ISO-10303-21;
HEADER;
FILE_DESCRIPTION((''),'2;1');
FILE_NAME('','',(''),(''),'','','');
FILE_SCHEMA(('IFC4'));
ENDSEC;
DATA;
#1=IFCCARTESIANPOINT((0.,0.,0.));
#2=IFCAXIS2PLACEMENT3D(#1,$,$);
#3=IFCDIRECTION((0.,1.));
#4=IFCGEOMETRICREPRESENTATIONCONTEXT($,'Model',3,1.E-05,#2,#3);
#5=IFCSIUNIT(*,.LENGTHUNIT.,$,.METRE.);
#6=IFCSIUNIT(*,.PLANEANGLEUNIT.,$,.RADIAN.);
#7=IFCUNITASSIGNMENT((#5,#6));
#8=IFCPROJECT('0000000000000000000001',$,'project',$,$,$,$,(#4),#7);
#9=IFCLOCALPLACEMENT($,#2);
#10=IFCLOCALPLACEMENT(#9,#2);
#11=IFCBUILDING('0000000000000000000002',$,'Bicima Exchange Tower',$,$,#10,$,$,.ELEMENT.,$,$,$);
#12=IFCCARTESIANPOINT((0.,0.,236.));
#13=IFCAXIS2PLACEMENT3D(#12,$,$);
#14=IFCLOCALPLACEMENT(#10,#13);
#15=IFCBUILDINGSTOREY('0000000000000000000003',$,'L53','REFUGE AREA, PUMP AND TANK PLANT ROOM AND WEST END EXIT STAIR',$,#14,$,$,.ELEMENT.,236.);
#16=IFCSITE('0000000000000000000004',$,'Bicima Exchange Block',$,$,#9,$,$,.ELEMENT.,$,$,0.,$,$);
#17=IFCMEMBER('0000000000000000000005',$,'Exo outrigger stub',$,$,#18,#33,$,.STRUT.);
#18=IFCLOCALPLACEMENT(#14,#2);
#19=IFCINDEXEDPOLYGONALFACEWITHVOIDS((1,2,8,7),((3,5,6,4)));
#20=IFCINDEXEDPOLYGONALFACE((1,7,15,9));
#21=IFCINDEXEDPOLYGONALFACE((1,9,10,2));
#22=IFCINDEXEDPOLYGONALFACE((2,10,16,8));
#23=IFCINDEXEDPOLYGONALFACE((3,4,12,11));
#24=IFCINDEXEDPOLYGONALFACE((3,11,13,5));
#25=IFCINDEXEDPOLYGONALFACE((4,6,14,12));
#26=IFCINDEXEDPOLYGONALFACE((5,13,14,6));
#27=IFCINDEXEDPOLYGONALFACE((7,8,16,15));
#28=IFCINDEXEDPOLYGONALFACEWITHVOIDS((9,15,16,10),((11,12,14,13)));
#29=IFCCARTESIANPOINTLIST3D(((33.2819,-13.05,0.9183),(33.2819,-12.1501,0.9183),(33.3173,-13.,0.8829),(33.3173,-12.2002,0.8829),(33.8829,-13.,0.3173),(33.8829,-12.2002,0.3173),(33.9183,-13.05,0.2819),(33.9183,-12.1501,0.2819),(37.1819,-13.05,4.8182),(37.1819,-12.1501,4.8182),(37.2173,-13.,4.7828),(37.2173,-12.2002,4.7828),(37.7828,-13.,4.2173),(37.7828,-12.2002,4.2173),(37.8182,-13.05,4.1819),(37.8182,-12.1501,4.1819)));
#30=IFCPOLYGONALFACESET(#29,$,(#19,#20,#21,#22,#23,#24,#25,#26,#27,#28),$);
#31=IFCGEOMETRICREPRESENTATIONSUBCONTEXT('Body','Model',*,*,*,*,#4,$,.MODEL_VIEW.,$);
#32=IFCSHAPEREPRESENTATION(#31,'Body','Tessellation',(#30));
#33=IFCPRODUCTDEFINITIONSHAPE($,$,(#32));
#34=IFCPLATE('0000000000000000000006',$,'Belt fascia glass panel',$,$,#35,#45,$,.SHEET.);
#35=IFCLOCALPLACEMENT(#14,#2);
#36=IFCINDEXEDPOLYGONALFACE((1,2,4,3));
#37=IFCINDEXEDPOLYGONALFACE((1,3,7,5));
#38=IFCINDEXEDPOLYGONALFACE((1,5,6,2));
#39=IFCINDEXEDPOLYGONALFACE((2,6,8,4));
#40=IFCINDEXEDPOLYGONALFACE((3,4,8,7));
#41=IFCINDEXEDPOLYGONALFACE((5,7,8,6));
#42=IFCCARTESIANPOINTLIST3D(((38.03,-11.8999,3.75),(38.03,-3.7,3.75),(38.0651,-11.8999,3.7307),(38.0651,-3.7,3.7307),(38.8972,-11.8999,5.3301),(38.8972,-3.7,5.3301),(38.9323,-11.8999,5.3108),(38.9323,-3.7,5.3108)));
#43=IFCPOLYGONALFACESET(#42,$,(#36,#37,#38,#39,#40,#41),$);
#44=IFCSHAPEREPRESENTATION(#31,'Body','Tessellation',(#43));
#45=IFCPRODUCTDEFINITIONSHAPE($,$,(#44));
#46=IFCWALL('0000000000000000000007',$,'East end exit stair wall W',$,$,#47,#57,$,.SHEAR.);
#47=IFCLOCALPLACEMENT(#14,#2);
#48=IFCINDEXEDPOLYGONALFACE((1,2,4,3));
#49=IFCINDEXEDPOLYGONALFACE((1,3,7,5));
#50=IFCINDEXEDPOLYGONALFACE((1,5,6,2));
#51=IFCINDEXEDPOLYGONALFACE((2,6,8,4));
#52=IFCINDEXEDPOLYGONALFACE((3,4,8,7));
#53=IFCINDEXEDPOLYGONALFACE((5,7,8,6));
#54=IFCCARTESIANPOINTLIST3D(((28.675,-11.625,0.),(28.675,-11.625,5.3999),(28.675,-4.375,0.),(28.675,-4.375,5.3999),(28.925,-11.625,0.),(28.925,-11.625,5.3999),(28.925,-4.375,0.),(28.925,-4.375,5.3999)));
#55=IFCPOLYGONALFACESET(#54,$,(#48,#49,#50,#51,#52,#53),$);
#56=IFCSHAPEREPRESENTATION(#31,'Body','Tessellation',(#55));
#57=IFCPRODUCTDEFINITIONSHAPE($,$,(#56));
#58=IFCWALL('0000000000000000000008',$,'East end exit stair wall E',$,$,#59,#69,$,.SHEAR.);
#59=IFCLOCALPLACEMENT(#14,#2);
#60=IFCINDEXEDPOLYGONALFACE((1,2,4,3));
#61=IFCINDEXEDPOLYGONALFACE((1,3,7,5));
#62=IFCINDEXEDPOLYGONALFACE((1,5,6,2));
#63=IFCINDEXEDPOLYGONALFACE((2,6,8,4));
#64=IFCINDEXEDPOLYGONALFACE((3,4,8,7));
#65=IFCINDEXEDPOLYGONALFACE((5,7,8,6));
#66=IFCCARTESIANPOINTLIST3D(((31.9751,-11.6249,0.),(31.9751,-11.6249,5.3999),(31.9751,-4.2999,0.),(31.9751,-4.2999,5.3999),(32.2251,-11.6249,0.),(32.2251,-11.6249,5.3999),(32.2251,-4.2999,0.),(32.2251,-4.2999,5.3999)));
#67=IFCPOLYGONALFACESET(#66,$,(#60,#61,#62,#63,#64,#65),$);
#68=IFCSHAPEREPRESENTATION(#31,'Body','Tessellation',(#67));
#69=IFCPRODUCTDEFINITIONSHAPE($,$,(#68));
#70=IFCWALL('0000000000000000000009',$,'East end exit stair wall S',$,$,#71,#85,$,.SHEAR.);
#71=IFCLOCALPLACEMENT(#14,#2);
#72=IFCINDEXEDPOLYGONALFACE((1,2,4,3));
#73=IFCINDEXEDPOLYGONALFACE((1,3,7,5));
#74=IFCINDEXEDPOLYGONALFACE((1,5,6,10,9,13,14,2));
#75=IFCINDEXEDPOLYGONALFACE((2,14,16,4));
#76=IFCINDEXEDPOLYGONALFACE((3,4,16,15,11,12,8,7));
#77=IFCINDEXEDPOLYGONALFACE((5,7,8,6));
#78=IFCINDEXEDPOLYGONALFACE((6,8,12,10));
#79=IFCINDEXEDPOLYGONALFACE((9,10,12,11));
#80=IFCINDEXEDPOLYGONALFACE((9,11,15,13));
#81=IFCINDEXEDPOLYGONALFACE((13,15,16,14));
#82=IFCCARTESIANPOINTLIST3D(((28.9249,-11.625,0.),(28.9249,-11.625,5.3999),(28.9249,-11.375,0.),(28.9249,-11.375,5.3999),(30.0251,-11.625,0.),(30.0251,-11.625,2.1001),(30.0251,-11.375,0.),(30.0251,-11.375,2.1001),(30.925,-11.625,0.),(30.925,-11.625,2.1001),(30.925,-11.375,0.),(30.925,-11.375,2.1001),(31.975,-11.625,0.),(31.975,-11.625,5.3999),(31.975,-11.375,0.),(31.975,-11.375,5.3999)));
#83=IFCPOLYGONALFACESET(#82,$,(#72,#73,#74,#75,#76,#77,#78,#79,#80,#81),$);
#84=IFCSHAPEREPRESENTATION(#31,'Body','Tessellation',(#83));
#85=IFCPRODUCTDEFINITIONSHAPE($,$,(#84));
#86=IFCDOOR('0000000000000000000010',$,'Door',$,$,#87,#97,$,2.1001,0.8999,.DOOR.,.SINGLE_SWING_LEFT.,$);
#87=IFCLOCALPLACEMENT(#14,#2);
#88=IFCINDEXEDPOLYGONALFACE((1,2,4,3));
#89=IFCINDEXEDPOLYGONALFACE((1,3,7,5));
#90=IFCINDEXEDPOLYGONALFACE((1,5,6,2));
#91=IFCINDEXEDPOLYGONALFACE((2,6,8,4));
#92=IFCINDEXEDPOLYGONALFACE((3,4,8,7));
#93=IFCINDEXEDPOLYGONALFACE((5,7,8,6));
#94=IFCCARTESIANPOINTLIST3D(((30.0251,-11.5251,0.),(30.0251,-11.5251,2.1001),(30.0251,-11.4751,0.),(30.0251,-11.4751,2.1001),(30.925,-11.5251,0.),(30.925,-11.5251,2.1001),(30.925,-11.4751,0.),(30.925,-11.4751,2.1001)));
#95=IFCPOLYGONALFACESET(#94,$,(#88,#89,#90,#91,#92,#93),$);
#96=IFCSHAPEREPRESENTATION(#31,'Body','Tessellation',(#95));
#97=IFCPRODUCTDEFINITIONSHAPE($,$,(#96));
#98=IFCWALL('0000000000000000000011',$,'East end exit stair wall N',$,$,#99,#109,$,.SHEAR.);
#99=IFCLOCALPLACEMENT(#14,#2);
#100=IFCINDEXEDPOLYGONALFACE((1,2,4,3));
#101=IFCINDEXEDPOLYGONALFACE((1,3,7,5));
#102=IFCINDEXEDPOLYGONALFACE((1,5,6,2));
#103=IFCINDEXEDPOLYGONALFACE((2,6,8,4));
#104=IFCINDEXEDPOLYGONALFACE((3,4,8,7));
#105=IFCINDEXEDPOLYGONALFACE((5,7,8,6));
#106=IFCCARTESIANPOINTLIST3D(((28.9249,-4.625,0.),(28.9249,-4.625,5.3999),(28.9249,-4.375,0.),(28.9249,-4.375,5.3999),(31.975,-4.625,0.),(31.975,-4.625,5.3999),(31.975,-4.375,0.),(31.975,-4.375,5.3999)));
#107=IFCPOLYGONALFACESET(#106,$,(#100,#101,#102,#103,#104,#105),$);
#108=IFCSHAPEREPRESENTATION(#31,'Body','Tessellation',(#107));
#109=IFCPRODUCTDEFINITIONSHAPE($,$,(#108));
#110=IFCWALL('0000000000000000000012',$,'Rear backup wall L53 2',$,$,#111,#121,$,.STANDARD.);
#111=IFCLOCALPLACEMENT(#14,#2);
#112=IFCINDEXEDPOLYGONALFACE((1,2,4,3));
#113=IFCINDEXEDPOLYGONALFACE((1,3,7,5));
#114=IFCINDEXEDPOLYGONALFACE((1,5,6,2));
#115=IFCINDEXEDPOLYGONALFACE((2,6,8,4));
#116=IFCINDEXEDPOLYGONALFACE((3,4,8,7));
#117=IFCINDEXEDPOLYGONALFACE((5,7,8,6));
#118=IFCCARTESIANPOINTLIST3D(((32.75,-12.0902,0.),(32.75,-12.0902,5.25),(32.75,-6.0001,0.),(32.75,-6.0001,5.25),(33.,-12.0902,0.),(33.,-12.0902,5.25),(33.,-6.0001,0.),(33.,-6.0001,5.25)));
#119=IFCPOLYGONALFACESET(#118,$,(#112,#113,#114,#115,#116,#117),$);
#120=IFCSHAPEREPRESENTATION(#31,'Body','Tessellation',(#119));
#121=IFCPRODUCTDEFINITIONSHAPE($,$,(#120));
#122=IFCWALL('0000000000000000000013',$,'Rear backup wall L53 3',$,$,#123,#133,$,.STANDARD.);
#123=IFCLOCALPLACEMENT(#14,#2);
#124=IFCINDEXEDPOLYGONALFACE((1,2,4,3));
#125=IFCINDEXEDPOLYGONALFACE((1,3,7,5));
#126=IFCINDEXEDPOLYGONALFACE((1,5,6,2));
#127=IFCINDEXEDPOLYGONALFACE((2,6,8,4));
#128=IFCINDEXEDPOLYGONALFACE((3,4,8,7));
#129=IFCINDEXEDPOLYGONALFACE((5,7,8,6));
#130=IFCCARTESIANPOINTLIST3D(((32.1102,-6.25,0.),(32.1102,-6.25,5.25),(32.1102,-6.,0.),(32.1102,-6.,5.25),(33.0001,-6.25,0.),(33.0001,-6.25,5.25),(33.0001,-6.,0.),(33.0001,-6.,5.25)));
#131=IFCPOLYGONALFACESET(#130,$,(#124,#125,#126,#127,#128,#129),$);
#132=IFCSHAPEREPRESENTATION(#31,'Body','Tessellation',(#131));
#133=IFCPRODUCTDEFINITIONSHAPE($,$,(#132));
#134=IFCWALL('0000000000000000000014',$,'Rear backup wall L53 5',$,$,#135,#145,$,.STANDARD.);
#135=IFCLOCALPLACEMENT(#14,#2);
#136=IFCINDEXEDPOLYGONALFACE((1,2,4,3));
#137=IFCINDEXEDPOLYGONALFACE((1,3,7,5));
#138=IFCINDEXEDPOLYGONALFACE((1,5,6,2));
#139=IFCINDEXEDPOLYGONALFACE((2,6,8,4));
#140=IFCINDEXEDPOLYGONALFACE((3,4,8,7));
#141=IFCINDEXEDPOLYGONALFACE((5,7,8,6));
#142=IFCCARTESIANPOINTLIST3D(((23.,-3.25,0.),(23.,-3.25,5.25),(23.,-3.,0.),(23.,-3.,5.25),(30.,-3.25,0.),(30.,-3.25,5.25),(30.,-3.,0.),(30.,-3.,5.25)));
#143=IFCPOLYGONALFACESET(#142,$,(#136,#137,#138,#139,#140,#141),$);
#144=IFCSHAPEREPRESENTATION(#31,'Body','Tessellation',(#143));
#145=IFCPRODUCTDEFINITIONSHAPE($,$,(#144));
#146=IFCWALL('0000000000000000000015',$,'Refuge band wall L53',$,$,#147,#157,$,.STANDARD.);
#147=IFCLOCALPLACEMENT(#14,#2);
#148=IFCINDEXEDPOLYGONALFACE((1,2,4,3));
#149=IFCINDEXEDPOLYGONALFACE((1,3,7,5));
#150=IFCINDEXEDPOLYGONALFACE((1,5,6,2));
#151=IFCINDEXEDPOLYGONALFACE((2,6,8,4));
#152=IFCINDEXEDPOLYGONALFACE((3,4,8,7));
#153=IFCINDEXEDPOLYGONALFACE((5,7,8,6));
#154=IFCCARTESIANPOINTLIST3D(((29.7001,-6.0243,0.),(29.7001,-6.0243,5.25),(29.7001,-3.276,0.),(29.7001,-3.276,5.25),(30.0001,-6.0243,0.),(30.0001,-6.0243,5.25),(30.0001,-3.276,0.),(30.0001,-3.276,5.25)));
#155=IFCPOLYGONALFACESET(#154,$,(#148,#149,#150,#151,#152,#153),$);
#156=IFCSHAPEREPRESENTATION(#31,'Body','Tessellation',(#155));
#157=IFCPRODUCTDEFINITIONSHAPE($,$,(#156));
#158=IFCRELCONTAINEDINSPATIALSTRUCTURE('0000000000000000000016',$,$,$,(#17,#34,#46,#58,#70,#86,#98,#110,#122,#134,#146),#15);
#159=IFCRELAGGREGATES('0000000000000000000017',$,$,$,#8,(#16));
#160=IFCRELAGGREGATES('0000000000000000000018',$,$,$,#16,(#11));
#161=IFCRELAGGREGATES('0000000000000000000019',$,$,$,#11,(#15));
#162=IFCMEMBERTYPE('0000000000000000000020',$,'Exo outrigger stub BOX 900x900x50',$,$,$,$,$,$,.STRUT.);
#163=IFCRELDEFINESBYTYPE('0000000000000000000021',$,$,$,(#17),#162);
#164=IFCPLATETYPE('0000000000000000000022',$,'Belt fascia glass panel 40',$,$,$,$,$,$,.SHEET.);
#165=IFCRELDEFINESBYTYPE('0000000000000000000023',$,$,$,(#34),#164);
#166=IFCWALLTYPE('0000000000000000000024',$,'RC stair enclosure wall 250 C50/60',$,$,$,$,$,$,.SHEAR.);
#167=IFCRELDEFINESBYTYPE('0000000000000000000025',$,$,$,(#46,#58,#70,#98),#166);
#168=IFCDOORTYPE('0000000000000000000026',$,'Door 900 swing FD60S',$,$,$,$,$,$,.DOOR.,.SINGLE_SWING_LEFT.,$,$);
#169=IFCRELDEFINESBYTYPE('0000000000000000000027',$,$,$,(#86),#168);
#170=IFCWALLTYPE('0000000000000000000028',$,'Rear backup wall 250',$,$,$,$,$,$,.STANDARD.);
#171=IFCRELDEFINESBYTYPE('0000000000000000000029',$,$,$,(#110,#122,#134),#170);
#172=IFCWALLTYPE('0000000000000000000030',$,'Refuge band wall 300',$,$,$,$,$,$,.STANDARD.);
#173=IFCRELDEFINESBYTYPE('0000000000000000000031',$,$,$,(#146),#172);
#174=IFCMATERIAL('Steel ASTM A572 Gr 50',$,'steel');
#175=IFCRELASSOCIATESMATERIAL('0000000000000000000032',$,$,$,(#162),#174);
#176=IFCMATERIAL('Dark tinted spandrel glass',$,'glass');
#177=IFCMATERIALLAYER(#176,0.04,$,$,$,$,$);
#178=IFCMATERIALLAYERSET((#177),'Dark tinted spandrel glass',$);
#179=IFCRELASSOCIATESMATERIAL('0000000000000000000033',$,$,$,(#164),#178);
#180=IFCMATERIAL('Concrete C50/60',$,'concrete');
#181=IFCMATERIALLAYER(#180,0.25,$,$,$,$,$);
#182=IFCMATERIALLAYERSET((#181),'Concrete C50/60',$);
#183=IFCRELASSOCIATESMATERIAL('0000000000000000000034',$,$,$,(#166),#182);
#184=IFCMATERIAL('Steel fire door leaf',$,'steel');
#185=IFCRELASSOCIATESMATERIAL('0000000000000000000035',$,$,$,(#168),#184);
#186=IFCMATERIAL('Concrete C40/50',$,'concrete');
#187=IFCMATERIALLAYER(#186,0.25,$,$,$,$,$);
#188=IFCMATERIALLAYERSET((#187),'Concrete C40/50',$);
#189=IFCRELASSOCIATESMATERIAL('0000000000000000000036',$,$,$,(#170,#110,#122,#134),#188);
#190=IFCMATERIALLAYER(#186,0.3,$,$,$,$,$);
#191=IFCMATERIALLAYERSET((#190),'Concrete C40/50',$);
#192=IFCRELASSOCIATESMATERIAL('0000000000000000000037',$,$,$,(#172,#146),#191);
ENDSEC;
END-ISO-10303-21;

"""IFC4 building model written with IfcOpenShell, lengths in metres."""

from ifc_helpers import new_model, si_unit, direction, frame, frame_2d, origin, origin_2d, place, context, subcontext, project, spatial, polyline, rectangle, hollow_rectangle, outline, extrude, material, layer, layer_set, layer_usage, material_profile, profile_set, type_object, element, fill, save


model = new_model("IFC4")

# Units and contexts
model_context = context("Model", 3, precision=1e-05, world=origin(), true_north=direction((0.0, 1.0)))
body_context = subcontext(model_context, "Body", "Model", "MODEL_VIEW")
ifc_project = project(units=[si_unit("LENGTHUNIT", "METRE"), si_unit("PLANEANGLEUNIT", "RADIAN")], contexts=[model_context])

# Site, building, storey
site_placement = place(None, origin())
site = spatial("IfcSite", under=ifc_project, at=site_placement, Name="Bicima Exchange Block", CompositionType="ELEMENT", RefElevation=0.0)
building_placement = place(site_placement, origin())
building = spatial("IfcBuilding", under=site, at=building_placement, Name="Bicima Exchange Tower", CompositionType="ELEMENT")
storey_placement = place(building_placement, frame((0.0, 0.0, 236.0)))
storey = spatial("IfcBuildingStorey", under=building, at=storey_placement, Name="L53", Description="REFUGE AREA, PUMP AND TANK PLANT ROOM AND WEST END EXIT STAIR", CompositionType="ELEMENT", Elevation=236.0)

# Shared definitions
ifc_material_1 = material(Name="Steel ASTM A572 Gr 50", Category="steel")

# Member
ifc_material_profile_1 = material_profile(ifc_material_1, hollow_rectangle(XDim=0.8999, YDim=0.8999, WallThickness=0.05, at=origin_2d()))
ifc_profile_set_1 = profile_set([ifc_material_profile_1], Name="Steel ASTM A572 Gr 50")
member_type_1 = type_object("IfcMemberType", Name="Exo outrigger stub BOX 900x900x50", PredefinedType="STRUT", material=ifc_profile_set_1)
member_1_placement = place(storey_placement, frame((33.6001, -12.6001, 0.6001), z_axis=(0.707107, 0.0, 0.707107), x_axis=(0.0, 1.0, 0.0)))
element("IfcMember", 1, at=member_1_placement, inside=storey, type_object=member_type_1, Name="Exo outrigger stub", PredefinedType="STRUT", context=body_context, shape_type="SweptSolid", body=[
    extrude(hollow_rectangle(XDim=0.8999, YDim=0.8999, WallThickness=0.05, at=origin_2d()), origin(), (0.0, 0.0, 1.0), 5.5154),
])

# Plate
ifc_material_2 = material(Name="Dark tinted spandrel glass", Category="glass")
ifc_layer_1 = layer(ifc_material_2, 0.04)
ifc_layer_set_1 = layer_set([ifc_layer_1], Name="Dark tinted spandrel glass")
plate_type = type_object("IfcPlateType", Name="Belt fascia glass panel 40", PredefinedType="SHEET", material=ifc_layer_set_1)
plate_placement = place(storey_placement, frame((38.03, -11.8999, 3.75), z_axis=(-0.87665, 0.0, 0.481128), x_axis=(0.0, 1.0, 0.0)))
element("IfcPlate", 2, at=plate_placement, inside=storey, type_object=plate_type, Name="Belt fascia glass panel", PredefinedType="SHEET", context=body_context, shape_type="SweptSolid", body=[
    extrude(outline(polyline([(0.0, 0.0), (8.2, 0.0), (8.2, -1.8024), (0.0, -1.8024), (0.0, 0.0)])), origin(), (0.0, 0.0, -1.0), 0.04),
])

# Walls
ifc_material_3 = material(Name="Concrete C50/60", Category="concrete")
ifc_layer_2 = layer(ifc_material_3, 0.25)
ifc_layer_set_2 = layer_set([ifc_layer_2], Name="Concrete C50/60")
wall_type_1 = type_object("IfcWallType", Name="RC stair enclosure wall 250 C50/60", PredefinedType="SHEAR", material=ifc_layer_set_2)
wall_1_placement = place(storey_placement, frame((28.8, -11.625, 0.0), z_axis=(0.0, 0.0, 1.0), x_axis=(0.0, 1.0, 0.0)))
element("IfcWall", 3, at=wall_1_placement, inside=storey, type_object=wall_type_1, Name="East end exit stair wall W", PredefinedType="SHEAR", context=body_context, shape_type="SweptSolid", body=[
    extrude(rectangle(XDim=7.25, YDim=0.25, at=frame_2d((3.625, 0.0))), origin(), (0.0, 0.0, 1.0), 5.3999),
])
wall_2_placement = place(storey_placement, frame((32.1001, -11.625, 0.0), z_axis=(0.0, 0.0, 1.0), x_axis=(0.0, 1.0, 0.0)))
element("IfcWall", 4, at=wall_2_placement, inside=storey, type_object=wall_type_1, Name="East end exit stair wall E", PredefinedType="SHEAR", context=body_context, shape_type="SweptSolid", body=[
    extrude(rectangle(XDim=7.325, YDim=0.25, at=frame_2d((3.6626, 0.0))), origin(), (0.0, 0.0, 1.0), 5.3999),
])

# Wall, opening, door
wall_3_placement = place(storey_placement, frame((28.925, -11.5, 0.0), z_axis=(0.0, 0.0, 1.0), x_axis=(1.0, 0.0, 0.0)))
wall_3 = element("IfcWall", 5, at=wall_3_placement, inside=storey, type_object=wall_type_1, Name="East end exit stair wall S", PredefinedType="SHEAR", context=body_context, shape_type="SweptSolid", body=[
    extrude(rectangle(XDim=3.05, YDim=0.25, at=frame_2d((1.5249, 0.0))), origin(), (0.0, 0.0, 1.0), 5.3999),
])
opening_placement = place(wall_3_placement, frame((1.1001, 0.0, 0.0)))
opening = element("IfcOpeningElement", 6, at=opening_placement, cuts=wall_3, PredefinedType="OPENING", context=body_context, shape_type="SweptSolid", body=[
    extrude(rectangle(XDim=0.8999, YDim=2.1001, at=frame_2d((0.45, 1.05))), frame((0.0, 0.137, 0.0), z_axis=(0.0, -1.0, 0.0), x_axis=(1.0, 0.0, 0.0)), (0.0, 0.0, 1.0), 0.2739),
])
ifc_material_4 = material(Name="Steel fire door leaf", Category="steel")
door_type = type_object("IfcDoorType", Name="Door 900 swing FD60S", OperationType="SINGLE_SWING_LEFT", PredefinedType="DOOR", material=ifc_material_4)
door_placement = place(opening_placement, origin())
door = element("IfcDoor", 7, at=door_placement, inside=storey, type_object=door_type, Name="Door", OperationType="SINGLE_SWING_LEFT", OverallHeight=2.1001, OverallWidth=0.8999, PredefinedType="DOOR", context=body_context, shape_type="SweptSolid", body=[
    extrude(rectangle(XDim=0.8999, YDim=2.1001, at=frame_2d((0.45, 1.05))), frame((0.0, 0.0249, 0.0), z_axis=(0.0, -1.0, 0.0), x_axis=(1.0, 0.0, 0.0)), (0.0, 0.0, 1.0), 0.05),
])
fill(opening, door)

# Walls
wall_4_placement = place(storey_placement, frame((28.925, -4.5, 0.0), z_axis=(0.0, 0.0, 1.0), x_axis=(1.0, 0.0, 0.0)))
element("IfcWall", 8, at=wall_4_placement, inside=storey, type_object=wall_type_1, Name="East end exit stair wall N", PredefinedType="SHEAR", context=body_context, shape_type="SweptSolid", body=[
    extrude(rectangle(XDim=3.05, YDim=0.25, at=frame_2d((1.5249, 0.0))), origin(), (0.0, 0.0, 1.0), 5.3999),
])
ifc_material_5 = material(Name="Concrete C40/50", Category="concrete")
ifc_layer_3 = layer(ifc_material_5, 0.25)
ifc_layer_set_3 = layer_set([ifc_layer_3], Name="Concrete C40/50")
ifc_layer_usage_1 = layer_usage(ifc_layer_set_3, "AXIS2", "POSITIVE", -0.125)
wall_type_2 = type_object("IfcWallType", Name="Rear backup wall 250", PredefinedType="STANDARD", material=ifc_layer_set_3)
wall_5_placement = place(storey_placement, frame((32.875, -12.0901, 0.0), z_axis=(0.0, 0.0, 1.0), x_axis=(0.0, 1.0, 0.0)))
element("IfcWall", 9, at=wall_5_placement, inside=storey, type_object=wall_type_2, material=ifc_layer_usage_1, Name="Rear backup wall L53 2", PredefinedType="STANDARD", context=body_context, shape_type="SweptSolid", body=[
    extrude(rectangle(XDim=6.0901, YDim=0.25, at=frame_2d((3.0449, 0.0))), origin(), (0.0, 0.0, 1.0), 5.25),
])
wall_6_placement = place(storey_placement, frame((33.0, -6.125, 0.0), z_axis=(0.0, 0.0, 1.0), x_axis=(-1.0, 0.0, 0.0)))
element("IfcWall", 10, at=wall_6_placement, inside=storey, type_object=wall_type_2, material=ifc_layer_usage_1, Name="Rear backup wall L53 3", PredefinedType="STANDARD", context=body_context, shape_type="SweptSolid", body=[
    extrude(rectangle(XDim=0.8899, YDim=0.25, at=frame_2d((0.4448, 0.0))), origin(), (0.0, 0.0, 1.0), 5.25),
])
wall_7_placement = place(storey_placement, frame((30.0, -3.125, 0.0), z_axis=(0.0, 0.0, 1.0), x_axis=(-1.0, 0.0, 0.0)))
element("IfcWall", 11, at=wall_7_placement, inside=storey, type_object=wall_type_2, material=ifc_layer_usage_1, Name="Rear backup wall L53 5", PredefinedType="STANDARD", context=body_context, shape_type="SweptSolid", body=[
    extrude(rectangle(XDim=7.0, YDim=0.25, at=frame_2d((3.5, 0.0))), origin(), (0.0, 0.0, 1.0), 5.25),
])
ifc_layer_4 = layer(ifc_material_5, 0.3)
ifc_layer_set_4 = layer_set([ifc_layer_4], Name="Concrete C40/50")
ifc_layer_usage_2 = layer_usage(ifc_layer_set_4, "AXIS2", "POSITIVE", -0.15)
wall_type_3 = type_object("IfcWallType", Name="Refuge band wall 300", PredefinedType="STANDARD", material=ifc_layer_set_4)
wall_8_placement = place(storey_placement, frame((29.8501, -6.0242, 0.0), z_axis=(0.0, 0.0, 1.0), x_axis=(0.0, 1.0, 0.0)))
element("IfcWall", 12, at=wall_8_placement, inside=storey, type_object=wall_type_3, material=ifc_layer_usage_2, Name="Refuge band wall L53", PredefinedType="STANDARD", context=body_context, shape_type="SweptSolid", body=[
    extrude(rectangle(XDim=2.7483, YDim=0.3, at=frame_2d((1.374, 0.0))), origin(), (0.0, 0.0, 1.0), 5.25),
])

save(model, "model.ifc")
